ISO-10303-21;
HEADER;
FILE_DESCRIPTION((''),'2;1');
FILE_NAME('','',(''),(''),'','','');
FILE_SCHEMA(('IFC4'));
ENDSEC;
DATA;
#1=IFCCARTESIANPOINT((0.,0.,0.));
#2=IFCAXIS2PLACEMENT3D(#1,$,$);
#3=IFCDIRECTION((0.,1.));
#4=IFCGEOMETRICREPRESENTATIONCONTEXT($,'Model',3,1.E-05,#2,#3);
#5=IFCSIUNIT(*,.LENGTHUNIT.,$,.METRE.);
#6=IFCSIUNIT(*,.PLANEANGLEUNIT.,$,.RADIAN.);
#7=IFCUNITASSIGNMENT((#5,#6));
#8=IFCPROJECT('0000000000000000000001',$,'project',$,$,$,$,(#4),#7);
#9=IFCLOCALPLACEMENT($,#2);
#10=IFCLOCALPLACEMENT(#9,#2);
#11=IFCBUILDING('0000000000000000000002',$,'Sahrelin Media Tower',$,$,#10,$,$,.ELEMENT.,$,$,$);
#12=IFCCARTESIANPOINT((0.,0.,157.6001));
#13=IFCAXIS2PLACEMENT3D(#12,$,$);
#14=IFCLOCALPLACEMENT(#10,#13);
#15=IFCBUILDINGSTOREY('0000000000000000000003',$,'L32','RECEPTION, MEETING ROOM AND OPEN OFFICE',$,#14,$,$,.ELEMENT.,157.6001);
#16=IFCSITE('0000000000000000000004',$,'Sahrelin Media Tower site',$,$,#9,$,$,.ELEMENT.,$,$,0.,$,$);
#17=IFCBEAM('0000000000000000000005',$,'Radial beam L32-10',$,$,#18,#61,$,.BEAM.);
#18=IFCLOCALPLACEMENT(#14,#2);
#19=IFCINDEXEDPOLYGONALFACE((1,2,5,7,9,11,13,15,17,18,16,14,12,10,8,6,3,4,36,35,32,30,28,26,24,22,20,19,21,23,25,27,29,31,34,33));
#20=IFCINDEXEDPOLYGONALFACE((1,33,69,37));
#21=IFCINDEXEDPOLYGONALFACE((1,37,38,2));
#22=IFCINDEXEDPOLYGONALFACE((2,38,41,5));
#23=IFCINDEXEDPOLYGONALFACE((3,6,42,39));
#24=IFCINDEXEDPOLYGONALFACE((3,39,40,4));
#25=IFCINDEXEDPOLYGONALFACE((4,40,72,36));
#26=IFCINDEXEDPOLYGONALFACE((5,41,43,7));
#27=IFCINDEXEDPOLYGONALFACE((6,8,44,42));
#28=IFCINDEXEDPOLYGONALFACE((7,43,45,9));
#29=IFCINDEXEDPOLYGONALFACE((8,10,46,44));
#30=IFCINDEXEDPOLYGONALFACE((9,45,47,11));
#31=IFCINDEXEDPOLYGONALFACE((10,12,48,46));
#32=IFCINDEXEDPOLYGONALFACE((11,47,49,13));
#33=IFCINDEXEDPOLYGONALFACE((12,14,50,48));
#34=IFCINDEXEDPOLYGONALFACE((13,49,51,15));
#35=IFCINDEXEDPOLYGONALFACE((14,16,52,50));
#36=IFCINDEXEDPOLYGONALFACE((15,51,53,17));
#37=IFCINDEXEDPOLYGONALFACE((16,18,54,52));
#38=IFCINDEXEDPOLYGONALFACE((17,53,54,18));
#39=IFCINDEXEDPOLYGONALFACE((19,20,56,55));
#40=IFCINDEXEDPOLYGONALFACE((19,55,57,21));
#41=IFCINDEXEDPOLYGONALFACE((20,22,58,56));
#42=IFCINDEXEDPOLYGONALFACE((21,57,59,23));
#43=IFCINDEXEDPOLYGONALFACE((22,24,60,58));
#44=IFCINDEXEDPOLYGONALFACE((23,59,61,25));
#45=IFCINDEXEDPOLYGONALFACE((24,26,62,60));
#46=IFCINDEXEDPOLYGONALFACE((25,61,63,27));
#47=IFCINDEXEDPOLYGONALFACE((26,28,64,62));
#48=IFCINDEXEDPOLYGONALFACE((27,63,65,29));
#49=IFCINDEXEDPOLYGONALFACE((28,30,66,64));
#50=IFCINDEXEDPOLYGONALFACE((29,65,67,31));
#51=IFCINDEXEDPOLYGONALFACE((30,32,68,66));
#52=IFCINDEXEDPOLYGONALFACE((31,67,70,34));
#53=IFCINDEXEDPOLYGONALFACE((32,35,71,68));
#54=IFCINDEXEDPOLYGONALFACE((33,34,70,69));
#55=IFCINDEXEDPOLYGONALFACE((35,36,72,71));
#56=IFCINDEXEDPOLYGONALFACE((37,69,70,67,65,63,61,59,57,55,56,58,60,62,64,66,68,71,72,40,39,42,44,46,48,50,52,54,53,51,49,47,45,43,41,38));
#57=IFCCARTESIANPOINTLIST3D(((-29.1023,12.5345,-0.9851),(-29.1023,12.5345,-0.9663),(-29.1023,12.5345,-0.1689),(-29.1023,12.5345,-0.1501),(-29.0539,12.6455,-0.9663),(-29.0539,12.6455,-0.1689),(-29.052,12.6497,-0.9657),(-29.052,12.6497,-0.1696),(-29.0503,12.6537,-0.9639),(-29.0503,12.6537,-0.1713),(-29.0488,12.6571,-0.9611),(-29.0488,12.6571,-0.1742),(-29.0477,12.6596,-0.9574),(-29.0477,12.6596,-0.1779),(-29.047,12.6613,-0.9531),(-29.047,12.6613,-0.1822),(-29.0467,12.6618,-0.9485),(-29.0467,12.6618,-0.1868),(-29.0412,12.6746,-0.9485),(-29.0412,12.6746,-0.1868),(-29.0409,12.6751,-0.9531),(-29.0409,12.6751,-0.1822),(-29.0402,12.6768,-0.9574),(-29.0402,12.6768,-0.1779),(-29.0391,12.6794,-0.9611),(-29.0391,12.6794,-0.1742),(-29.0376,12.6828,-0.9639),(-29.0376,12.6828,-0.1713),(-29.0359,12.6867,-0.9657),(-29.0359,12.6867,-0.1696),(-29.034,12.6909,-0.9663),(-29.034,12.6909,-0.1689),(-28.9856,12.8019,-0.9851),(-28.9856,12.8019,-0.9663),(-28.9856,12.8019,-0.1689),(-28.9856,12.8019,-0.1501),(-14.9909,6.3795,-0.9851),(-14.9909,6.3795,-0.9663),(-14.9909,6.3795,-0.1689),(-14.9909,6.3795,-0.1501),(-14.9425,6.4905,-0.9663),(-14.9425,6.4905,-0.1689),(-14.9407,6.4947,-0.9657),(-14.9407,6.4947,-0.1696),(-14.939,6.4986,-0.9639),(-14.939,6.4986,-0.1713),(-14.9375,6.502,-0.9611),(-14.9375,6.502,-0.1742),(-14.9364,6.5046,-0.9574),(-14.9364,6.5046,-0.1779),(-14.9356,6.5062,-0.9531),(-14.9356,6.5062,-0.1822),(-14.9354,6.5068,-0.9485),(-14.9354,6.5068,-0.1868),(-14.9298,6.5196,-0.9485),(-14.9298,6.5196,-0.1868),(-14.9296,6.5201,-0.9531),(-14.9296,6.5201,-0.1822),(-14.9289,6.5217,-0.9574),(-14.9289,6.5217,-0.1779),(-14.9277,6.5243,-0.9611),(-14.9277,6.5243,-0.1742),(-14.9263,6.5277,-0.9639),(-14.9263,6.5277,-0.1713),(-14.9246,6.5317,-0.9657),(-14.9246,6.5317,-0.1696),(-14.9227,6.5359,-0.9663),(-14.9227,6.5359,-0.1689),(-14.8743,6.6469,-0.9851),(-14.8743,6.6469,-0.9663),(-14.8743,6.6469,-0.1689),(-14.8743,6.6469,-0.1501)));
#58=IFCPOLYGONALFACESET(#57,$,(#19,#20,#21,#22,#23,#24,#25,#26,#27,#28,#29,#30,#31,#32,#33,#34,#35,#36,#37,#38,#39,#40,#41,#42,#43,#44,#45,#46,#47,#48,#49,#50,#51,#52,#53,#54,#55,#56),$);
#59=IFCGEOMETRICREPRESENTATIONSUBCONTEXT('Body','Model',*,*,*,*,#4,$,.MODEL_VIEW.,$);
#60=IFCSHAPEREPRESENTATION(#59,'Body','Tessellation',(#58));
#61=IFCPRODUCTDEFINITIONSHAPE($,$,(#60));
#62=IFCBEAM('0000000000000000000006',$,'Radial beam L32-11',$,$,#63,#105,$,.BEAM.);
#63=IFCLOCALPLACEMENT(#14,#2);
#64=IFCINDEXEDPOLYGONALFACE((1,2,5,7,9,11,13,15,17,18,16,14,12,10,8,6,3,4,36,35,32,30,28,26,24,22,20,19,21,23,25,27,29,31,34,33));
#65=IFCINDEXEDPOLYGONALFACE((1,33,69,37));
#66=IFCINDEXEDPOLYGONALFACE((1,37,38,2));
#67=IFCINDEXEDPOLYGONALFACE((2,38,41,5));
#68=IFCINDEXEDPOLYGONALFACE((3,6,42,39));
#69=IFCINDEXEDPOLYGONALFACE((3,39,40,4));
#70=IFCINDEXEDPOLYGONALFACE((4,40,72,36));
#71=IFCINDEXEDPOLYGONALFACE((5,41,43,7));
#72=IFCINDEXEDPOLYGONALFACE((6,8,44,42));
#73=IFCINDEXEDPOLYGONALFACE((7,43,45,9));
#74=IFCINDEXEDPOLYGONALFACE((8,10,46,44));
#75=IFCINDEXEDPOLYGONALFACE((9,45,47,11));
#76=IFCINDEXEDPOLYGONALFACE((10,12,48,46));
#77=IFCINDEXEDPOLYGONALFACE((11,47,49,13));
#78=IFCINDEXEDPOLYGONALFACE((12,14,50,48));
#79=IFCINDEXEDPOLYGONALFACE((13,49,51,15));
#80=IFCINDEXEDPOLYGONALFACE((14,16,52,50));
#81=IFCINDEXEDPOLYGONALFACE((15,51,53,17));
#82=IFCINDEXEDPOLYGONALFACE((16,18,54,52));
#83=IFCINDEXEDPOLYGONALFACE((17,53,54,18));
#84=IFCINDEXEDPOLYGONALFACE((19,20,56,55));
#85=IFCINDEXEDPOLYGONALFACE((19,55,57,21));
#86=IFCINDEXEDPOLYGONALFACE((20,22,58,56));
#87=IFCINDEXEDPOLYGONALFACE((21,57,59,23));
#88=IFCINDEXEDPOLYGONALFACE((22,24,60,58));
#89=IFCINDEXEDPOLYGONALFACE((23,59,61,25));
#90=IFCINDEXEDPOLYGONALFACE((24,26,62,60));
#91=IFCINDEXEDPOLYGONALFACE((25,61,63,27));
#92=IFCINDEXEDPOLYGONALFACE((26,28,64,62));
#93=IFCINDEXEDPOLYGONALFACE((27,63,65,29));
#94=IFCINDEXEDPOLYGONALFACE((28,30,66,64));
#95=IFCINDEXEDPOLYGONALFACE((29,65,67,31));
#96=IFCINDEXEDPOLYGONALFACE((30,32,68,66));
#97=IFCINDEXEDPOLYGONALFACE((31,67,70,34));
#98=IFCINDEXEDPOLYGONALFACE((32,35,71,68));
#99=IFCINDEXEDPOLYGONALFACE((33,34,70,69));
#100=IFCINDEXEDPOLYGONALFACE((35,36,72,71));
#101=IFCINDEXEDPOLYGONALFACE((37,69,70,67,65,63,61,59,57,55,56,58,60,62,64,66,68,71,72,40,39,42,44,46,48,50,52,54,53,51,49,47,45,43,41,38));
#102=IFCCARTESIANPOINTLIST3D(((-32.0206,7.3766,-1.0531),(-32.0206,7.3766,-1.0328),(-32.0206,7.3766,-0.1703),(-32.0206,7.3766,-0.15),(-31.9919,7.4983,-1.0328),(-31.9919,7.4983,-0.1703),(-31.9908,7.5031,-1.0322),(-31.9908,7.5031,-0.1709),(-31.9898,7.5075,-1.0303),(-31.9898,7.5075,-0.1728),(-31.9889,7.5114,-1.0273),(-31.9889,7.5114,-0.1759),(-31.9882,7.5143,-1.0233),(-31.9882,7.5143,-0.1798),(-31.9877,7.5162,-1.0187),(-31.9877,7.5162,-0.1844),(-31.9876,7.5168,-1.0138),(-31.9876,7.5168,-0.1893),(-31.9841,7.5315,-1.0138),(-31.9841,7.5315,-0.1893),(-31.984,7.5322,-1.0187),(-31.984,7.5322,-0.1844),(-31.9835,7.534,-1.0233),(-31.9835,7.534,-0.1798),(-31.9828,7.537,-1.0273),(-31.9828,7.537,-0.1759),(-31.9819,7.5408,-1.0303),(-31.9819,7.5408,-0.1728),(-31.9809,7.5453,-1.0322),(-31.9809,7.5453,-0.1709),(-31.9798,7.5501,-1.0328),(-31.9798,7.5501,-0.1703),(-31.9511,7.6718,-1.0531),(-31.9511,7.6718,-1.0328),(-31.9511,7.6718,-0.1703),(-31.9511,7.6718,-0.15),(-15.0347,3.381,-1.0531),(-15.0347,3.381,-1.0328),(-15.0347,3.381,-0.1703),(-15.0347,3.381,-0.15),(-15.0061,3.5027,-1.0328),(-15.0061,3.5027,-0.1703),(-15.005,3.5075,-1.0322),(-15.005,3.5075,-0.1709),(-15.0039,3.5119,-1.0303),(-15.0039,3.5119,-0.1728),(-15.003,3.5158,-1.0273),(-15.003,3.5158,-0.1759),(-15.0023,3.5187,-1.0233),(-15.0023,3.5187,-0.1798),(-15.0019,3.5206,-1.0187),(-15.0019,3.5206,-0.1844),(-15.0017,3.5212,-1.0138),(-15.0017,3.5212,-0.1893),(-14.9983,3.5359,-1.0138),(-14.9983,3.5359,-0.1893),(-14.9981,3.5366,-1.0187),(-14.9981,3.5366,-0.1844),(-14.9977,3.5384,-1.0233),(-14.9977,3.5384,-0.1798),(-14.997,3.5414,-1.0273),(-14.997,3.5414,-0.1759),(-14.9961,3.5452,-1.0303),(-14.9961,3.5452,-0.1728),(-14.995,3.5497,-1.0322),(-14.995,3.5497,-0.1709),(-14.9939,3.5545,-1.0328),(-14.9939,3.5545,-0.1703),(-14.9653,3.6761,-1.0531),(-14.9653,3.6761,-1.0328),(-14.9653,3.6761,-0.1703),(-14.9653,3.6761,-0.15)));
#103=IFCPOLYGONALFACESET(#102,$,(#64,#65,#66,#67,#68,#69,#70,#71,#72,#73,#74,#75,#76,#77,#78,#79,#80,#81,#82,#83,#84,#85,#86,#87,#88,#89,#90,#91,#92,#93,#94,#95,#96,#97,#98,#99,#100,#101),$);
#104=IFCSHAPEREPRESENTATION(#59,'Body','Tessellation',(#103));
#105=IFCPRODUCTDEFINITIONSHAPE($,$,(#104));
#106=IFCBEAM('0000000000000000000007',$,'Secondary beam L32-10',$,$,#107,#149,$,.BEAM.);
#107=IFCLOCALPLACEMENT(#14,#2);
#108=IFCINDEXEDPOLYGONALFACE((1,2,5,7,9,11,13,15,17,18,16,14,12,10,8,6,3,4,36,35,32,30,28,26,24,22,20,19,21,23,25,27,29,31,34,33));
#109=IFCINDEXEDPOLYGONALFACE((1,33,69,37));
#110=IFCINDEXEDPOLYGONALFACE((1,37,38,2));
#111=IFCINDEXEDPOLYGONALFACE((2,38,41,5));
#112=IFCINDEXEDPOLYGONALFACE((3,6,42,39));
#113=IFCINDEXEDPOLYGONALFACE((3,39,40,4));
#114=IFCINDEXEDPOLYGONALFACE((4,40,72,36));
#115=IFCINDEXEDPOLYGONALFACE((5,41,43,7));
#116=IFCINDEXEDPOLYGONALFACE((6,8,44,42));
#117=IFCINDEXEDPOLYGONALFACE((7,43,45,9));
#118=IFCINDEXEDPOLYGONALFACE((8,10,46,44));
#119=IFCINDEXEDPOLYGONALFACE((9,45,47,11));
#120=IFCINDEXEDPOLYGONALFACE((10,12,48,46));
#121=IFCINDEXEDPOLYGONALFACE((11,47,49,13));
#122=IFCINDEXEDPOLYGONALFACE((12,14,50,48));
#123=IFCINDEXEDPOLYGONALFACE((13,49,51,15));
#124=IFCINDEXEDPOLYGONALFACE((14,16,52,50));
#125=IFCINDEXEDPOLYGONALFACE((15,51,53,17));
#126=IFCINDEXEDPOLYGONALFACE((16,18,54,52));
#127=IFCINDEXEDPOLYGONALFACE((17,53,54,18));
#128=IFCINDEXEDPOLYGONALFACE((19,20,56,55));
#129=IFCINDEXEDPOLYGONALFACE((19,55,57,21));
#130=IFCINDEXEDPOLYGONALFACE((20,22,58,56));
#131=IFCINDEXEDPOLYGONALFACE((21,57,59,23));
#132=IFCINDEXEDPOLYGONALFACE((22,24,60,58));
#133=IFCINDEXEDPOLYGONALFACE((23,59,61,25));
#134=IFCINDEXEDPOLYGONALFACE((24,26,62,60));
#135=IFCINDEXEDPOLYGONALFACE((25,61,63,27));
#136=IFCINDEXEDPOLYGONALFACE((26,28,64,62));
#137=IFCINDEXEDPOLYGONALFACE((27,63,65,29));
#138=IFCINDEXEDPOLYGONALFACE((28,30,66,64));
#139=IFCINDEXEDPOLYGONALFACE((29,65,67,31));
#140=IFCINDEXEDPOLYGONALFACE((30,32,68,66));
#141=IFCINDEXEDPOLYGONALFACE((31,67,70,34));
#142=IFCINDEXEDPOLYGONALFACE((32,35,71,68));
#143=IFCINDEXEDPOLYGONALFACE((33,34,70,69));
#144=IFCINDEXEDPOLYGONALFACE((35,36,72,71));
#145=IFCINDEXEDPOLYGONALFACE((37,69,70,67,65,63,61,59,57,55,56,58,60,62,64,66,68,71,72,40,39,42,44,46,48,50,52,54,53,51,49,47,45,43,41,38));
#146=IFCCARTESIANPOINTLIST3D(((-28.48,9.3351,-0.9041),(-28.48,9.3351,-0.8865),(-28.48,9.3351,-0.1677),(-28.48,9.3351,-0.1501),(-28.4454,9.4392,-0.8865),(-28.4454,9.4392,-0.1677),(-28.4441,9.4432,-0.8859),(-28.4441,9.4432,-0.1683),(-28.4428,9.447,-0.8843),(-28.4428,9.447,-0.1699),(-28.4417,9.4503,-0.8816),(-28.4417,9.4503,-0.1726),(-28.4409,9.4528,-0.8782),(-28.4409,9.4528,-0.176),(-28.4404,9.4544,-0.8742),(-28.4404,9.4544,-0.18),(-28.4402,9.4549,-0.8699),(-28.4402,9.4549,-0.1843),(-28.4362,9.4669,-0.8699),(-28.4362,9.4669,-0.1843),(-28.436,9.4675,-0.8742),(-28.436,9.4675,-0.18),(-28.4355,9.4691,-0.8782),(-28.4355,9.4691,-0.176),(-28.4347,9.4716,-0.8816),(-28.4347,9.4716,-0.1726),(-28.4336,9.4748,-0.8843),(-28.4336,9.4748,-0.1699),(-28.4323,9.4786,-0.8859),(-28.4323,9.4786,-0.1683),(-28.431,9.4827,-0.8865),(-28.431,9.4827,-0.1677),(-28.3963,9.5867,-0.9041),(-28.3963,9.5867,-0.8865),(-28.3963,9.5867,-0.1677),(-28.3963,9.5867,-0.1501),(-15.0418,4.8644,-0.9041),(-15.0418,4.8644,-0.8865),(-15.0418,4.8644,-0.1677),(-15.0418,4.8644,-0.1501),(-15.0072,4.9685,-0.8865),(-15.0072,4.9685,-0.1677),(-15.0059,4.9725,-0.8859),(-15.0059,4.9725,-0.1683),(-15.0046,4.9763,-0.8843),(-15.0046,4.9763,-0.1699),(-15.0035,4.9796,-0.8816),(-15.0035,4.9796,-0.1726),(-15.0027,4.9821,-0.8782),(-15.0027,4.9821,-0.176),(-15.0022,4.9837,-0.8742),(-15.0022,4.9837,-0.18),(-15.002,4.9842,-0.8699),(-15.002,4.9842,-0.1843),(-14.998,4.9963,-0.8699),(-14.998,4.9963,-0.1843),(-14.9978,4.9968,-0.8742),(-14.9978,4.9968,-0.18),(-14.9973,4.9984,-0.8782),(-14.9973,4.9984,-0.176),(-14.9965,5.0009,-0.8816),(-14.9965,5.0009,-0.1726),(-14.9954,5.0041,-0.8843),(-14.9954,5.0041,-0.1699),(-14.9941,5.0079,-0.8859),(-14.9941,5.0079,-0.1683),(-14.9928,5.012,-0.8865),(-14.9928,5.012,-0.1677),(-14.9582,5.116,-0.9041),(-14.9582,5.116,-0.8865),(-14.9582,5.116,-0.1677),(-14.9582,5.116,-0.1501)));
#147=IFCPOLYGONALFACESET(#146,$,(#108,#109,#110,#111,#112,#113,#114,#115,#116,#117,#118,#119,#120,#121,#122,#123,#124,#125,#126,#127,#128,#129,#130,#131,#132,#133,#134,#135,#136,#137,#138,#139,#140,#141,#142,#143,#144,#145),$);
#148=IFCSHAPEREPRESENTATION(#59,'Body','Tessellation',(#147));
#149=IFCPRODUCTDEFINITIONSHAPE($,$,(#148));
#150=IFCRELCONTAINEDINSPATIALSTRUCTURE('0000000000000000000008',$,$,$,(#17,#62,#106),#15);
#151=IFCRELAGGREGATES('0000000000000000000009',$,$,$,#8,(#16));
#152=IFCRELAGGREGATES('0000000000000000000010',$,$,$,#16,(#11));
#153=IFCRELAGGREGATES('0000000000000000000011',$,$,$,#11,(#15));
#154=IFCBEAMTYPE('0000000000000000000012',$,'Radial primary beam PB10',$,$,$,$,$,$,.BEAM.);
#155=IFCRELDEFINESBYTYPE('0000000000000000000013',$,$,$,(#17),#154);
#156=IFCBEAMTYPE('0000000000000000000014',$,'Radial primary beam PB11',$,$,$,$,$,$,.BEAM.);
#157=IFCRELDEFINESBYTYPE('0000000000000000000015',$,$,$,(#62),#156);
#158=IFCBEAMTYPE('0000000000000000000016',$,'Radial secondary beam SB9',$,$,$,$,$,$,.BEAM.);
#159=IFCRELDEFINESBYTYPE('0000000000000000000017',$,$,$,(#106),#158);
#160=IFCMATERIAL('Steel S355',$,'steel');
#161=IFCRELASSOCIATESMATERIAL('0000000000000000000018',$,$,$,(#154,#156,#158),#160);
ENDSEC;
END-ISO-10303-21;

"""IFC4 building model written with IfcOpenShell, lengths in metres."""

from ifc_helpers import new_model, si_unit, direction, frame, origin, origin_2d, place, context, subcontext, project, spatial, i_section, extrude, material, material_profile, profile_set, type_object, element, save


model = new_model("IFC4")

# Units and contexts
model_context = context("Model", 3, precision=1e-05, world=origin(), true_north=direction((0.0, 1.0)))
body_context = subcontext(model_context, "Body", "Model", "MODEL_VIEW")
ifc_project = project(units=[si_unit("LENGTHUNIT", "METRE"), si_unit("PLANEANGLEUNIT", "RADIAN")], contexts=[model_context])

# Site, building, storey
site_placement = place(None, origin())
site = spatial("IfcSite", under=ifc_project, at=site_placement, Name="Sahrelin Media Tower site", CompositionType="ELEMENT", RefElevation=0.0)
building_placement = place(site_placement, origin())
building = spatial("IfcBuilding", under=site, at=building_placement, Name="Sahrelin Media Tower", CompositionType="ELEMENT")
storey_placement = place(building_placement, frame((0.0, 0.0, 157.6001)))
storey = spatial("IfcBuildingStorey", under=building, at=storey_placement, Name="L32", Description="RECEPTION, MEETING ROOM AND OPEN OFFICE", CompositionType="ELEMENT", Elevation=157.6001)

# Beams
ifc_material_1 = material(Name="Steel S355", Category="steel")
ifc_material_profile_1 = material_profile(ifc_material_1, i_section(OverallWidth=0.2917, OverallDepth=0.835, WebThickness=0.0139, FlangeThickness=0.0188, FilletRadius=0.0178, at=origin_2d()), Name="UB 838x292x176")
ifc_profile_set_1 = profile_set([ifc_material_profile_1], Name="Steel S355")
beam_type_1 = type_object("IfcBeamType", Name="Radial primary beam PB10", PredefinedType="BEAM", material=ifc_profile_set_1)
beam_1_placement = place(storey_placement, frame((-14.9326, 6.5132, -0.5676), z_axis=(-0.916602, 0.3998, 0.0), x_axis=(-0.3998, -0.916602, 0.0)))
element("IfcBeam", 1, at=beam_1_placement, inside=storey, type_object=beam_type_1, Name="Radial beam L32-10", PredefinedType="BEAM", context=body_context, shape_type="SweptSolid", body=[
    extrude(i_section(OverallWidth=0.2917, OverallDepth=0.835, WebThickness=0.0139, FlangeThickness=0.0188, FilletRadius=0.0178, at=origin_2d()), origin(), (0.0, 0.0, 1.0), 15.3953),
])
ifc_material_profile_2 = material_profile(ifc_material_1, i_section(OverallWidth=0.3032, OverallDepth=0.9031, WebThickness=0.0151, FlangeThickness=0.0203, FilletRadius=0.019, at=origin_2d()), Name="UB 914x305x201")
ifc_profile_set_2 = profile_set([ifc_material_profile_2], Name="Steel S355")
beam_type_2 = type_object("IfcBeamType", Name="Radial primary beam PB11", PredefinedType="BEAM", material=ifc_profile_set_2)
beam_2_placement = place(storey_placement, frame((-15.0, 3.5286, -0.6016), z_axis=(-0.973431, 0.228982, 0.0), x_axis=(-0.228982, -0.973431, 0.0)))
element("IfcBeam", 2, at=beam_2_placement, inside=storey, type_object=beam_type_2, Name="Radial beam L32-11", PredefinedType="BEAM", context=body_context, shape_type="SweptSolid", body=[
    extrude(i_section(OverallWidth=0.3032, OverallDepth=0.9031, WebThickness=0.0151, FlangeThickness=0.0203, FilletRadius=0.019, at=origin_2d()), origin(), (0.0, 0.0, 1.0), 17.4495),
])
ifc_material_profile_3 = material_profile(ifc_material_1, i_section(OverallWidth=0.2651, OverallDepth=0.7539, WebThickness=0.0127, FlangeThickness=0.0176, FilletRadius=0.0166, at=origin_2d()), Name="UB 762x267x147")
ifc_profile_set_3 = profile_set([ifc_material_profile_3], Name="Steel S355")
beam_type_3 = type_object("IfcBeamType", Name="Radial secondary beam SB9", PredefinedType="BEAM", material=ifc_profile_set_3)
beam_3_placement = place(storey_placement, frame((-15.0, 4.9902, -0.5271), z_axis=(-0.948868, 0.315674, 0.0), x_axis=(-0.315674, -0.948868, 0.0)))
element("IfcBeam", 3, at=beam_3_placement, inside=storey, type_object=beam_type_3, Name="Secondary beam L32-10", PredefinedType="BEAM", context=body_context, shape_type="SweptSolid", body=[
    extrude(i_section(OverallWidth=0.2651, OverallDepth=0.7539, WebThickness=0.0127, FlangeThickness=0.0176, FilletRadius=0.0166, at=origin_2d()), origin(), (0.0, 0.0, 1.0), 14.1624),
])

save(model, "model.ifc")
